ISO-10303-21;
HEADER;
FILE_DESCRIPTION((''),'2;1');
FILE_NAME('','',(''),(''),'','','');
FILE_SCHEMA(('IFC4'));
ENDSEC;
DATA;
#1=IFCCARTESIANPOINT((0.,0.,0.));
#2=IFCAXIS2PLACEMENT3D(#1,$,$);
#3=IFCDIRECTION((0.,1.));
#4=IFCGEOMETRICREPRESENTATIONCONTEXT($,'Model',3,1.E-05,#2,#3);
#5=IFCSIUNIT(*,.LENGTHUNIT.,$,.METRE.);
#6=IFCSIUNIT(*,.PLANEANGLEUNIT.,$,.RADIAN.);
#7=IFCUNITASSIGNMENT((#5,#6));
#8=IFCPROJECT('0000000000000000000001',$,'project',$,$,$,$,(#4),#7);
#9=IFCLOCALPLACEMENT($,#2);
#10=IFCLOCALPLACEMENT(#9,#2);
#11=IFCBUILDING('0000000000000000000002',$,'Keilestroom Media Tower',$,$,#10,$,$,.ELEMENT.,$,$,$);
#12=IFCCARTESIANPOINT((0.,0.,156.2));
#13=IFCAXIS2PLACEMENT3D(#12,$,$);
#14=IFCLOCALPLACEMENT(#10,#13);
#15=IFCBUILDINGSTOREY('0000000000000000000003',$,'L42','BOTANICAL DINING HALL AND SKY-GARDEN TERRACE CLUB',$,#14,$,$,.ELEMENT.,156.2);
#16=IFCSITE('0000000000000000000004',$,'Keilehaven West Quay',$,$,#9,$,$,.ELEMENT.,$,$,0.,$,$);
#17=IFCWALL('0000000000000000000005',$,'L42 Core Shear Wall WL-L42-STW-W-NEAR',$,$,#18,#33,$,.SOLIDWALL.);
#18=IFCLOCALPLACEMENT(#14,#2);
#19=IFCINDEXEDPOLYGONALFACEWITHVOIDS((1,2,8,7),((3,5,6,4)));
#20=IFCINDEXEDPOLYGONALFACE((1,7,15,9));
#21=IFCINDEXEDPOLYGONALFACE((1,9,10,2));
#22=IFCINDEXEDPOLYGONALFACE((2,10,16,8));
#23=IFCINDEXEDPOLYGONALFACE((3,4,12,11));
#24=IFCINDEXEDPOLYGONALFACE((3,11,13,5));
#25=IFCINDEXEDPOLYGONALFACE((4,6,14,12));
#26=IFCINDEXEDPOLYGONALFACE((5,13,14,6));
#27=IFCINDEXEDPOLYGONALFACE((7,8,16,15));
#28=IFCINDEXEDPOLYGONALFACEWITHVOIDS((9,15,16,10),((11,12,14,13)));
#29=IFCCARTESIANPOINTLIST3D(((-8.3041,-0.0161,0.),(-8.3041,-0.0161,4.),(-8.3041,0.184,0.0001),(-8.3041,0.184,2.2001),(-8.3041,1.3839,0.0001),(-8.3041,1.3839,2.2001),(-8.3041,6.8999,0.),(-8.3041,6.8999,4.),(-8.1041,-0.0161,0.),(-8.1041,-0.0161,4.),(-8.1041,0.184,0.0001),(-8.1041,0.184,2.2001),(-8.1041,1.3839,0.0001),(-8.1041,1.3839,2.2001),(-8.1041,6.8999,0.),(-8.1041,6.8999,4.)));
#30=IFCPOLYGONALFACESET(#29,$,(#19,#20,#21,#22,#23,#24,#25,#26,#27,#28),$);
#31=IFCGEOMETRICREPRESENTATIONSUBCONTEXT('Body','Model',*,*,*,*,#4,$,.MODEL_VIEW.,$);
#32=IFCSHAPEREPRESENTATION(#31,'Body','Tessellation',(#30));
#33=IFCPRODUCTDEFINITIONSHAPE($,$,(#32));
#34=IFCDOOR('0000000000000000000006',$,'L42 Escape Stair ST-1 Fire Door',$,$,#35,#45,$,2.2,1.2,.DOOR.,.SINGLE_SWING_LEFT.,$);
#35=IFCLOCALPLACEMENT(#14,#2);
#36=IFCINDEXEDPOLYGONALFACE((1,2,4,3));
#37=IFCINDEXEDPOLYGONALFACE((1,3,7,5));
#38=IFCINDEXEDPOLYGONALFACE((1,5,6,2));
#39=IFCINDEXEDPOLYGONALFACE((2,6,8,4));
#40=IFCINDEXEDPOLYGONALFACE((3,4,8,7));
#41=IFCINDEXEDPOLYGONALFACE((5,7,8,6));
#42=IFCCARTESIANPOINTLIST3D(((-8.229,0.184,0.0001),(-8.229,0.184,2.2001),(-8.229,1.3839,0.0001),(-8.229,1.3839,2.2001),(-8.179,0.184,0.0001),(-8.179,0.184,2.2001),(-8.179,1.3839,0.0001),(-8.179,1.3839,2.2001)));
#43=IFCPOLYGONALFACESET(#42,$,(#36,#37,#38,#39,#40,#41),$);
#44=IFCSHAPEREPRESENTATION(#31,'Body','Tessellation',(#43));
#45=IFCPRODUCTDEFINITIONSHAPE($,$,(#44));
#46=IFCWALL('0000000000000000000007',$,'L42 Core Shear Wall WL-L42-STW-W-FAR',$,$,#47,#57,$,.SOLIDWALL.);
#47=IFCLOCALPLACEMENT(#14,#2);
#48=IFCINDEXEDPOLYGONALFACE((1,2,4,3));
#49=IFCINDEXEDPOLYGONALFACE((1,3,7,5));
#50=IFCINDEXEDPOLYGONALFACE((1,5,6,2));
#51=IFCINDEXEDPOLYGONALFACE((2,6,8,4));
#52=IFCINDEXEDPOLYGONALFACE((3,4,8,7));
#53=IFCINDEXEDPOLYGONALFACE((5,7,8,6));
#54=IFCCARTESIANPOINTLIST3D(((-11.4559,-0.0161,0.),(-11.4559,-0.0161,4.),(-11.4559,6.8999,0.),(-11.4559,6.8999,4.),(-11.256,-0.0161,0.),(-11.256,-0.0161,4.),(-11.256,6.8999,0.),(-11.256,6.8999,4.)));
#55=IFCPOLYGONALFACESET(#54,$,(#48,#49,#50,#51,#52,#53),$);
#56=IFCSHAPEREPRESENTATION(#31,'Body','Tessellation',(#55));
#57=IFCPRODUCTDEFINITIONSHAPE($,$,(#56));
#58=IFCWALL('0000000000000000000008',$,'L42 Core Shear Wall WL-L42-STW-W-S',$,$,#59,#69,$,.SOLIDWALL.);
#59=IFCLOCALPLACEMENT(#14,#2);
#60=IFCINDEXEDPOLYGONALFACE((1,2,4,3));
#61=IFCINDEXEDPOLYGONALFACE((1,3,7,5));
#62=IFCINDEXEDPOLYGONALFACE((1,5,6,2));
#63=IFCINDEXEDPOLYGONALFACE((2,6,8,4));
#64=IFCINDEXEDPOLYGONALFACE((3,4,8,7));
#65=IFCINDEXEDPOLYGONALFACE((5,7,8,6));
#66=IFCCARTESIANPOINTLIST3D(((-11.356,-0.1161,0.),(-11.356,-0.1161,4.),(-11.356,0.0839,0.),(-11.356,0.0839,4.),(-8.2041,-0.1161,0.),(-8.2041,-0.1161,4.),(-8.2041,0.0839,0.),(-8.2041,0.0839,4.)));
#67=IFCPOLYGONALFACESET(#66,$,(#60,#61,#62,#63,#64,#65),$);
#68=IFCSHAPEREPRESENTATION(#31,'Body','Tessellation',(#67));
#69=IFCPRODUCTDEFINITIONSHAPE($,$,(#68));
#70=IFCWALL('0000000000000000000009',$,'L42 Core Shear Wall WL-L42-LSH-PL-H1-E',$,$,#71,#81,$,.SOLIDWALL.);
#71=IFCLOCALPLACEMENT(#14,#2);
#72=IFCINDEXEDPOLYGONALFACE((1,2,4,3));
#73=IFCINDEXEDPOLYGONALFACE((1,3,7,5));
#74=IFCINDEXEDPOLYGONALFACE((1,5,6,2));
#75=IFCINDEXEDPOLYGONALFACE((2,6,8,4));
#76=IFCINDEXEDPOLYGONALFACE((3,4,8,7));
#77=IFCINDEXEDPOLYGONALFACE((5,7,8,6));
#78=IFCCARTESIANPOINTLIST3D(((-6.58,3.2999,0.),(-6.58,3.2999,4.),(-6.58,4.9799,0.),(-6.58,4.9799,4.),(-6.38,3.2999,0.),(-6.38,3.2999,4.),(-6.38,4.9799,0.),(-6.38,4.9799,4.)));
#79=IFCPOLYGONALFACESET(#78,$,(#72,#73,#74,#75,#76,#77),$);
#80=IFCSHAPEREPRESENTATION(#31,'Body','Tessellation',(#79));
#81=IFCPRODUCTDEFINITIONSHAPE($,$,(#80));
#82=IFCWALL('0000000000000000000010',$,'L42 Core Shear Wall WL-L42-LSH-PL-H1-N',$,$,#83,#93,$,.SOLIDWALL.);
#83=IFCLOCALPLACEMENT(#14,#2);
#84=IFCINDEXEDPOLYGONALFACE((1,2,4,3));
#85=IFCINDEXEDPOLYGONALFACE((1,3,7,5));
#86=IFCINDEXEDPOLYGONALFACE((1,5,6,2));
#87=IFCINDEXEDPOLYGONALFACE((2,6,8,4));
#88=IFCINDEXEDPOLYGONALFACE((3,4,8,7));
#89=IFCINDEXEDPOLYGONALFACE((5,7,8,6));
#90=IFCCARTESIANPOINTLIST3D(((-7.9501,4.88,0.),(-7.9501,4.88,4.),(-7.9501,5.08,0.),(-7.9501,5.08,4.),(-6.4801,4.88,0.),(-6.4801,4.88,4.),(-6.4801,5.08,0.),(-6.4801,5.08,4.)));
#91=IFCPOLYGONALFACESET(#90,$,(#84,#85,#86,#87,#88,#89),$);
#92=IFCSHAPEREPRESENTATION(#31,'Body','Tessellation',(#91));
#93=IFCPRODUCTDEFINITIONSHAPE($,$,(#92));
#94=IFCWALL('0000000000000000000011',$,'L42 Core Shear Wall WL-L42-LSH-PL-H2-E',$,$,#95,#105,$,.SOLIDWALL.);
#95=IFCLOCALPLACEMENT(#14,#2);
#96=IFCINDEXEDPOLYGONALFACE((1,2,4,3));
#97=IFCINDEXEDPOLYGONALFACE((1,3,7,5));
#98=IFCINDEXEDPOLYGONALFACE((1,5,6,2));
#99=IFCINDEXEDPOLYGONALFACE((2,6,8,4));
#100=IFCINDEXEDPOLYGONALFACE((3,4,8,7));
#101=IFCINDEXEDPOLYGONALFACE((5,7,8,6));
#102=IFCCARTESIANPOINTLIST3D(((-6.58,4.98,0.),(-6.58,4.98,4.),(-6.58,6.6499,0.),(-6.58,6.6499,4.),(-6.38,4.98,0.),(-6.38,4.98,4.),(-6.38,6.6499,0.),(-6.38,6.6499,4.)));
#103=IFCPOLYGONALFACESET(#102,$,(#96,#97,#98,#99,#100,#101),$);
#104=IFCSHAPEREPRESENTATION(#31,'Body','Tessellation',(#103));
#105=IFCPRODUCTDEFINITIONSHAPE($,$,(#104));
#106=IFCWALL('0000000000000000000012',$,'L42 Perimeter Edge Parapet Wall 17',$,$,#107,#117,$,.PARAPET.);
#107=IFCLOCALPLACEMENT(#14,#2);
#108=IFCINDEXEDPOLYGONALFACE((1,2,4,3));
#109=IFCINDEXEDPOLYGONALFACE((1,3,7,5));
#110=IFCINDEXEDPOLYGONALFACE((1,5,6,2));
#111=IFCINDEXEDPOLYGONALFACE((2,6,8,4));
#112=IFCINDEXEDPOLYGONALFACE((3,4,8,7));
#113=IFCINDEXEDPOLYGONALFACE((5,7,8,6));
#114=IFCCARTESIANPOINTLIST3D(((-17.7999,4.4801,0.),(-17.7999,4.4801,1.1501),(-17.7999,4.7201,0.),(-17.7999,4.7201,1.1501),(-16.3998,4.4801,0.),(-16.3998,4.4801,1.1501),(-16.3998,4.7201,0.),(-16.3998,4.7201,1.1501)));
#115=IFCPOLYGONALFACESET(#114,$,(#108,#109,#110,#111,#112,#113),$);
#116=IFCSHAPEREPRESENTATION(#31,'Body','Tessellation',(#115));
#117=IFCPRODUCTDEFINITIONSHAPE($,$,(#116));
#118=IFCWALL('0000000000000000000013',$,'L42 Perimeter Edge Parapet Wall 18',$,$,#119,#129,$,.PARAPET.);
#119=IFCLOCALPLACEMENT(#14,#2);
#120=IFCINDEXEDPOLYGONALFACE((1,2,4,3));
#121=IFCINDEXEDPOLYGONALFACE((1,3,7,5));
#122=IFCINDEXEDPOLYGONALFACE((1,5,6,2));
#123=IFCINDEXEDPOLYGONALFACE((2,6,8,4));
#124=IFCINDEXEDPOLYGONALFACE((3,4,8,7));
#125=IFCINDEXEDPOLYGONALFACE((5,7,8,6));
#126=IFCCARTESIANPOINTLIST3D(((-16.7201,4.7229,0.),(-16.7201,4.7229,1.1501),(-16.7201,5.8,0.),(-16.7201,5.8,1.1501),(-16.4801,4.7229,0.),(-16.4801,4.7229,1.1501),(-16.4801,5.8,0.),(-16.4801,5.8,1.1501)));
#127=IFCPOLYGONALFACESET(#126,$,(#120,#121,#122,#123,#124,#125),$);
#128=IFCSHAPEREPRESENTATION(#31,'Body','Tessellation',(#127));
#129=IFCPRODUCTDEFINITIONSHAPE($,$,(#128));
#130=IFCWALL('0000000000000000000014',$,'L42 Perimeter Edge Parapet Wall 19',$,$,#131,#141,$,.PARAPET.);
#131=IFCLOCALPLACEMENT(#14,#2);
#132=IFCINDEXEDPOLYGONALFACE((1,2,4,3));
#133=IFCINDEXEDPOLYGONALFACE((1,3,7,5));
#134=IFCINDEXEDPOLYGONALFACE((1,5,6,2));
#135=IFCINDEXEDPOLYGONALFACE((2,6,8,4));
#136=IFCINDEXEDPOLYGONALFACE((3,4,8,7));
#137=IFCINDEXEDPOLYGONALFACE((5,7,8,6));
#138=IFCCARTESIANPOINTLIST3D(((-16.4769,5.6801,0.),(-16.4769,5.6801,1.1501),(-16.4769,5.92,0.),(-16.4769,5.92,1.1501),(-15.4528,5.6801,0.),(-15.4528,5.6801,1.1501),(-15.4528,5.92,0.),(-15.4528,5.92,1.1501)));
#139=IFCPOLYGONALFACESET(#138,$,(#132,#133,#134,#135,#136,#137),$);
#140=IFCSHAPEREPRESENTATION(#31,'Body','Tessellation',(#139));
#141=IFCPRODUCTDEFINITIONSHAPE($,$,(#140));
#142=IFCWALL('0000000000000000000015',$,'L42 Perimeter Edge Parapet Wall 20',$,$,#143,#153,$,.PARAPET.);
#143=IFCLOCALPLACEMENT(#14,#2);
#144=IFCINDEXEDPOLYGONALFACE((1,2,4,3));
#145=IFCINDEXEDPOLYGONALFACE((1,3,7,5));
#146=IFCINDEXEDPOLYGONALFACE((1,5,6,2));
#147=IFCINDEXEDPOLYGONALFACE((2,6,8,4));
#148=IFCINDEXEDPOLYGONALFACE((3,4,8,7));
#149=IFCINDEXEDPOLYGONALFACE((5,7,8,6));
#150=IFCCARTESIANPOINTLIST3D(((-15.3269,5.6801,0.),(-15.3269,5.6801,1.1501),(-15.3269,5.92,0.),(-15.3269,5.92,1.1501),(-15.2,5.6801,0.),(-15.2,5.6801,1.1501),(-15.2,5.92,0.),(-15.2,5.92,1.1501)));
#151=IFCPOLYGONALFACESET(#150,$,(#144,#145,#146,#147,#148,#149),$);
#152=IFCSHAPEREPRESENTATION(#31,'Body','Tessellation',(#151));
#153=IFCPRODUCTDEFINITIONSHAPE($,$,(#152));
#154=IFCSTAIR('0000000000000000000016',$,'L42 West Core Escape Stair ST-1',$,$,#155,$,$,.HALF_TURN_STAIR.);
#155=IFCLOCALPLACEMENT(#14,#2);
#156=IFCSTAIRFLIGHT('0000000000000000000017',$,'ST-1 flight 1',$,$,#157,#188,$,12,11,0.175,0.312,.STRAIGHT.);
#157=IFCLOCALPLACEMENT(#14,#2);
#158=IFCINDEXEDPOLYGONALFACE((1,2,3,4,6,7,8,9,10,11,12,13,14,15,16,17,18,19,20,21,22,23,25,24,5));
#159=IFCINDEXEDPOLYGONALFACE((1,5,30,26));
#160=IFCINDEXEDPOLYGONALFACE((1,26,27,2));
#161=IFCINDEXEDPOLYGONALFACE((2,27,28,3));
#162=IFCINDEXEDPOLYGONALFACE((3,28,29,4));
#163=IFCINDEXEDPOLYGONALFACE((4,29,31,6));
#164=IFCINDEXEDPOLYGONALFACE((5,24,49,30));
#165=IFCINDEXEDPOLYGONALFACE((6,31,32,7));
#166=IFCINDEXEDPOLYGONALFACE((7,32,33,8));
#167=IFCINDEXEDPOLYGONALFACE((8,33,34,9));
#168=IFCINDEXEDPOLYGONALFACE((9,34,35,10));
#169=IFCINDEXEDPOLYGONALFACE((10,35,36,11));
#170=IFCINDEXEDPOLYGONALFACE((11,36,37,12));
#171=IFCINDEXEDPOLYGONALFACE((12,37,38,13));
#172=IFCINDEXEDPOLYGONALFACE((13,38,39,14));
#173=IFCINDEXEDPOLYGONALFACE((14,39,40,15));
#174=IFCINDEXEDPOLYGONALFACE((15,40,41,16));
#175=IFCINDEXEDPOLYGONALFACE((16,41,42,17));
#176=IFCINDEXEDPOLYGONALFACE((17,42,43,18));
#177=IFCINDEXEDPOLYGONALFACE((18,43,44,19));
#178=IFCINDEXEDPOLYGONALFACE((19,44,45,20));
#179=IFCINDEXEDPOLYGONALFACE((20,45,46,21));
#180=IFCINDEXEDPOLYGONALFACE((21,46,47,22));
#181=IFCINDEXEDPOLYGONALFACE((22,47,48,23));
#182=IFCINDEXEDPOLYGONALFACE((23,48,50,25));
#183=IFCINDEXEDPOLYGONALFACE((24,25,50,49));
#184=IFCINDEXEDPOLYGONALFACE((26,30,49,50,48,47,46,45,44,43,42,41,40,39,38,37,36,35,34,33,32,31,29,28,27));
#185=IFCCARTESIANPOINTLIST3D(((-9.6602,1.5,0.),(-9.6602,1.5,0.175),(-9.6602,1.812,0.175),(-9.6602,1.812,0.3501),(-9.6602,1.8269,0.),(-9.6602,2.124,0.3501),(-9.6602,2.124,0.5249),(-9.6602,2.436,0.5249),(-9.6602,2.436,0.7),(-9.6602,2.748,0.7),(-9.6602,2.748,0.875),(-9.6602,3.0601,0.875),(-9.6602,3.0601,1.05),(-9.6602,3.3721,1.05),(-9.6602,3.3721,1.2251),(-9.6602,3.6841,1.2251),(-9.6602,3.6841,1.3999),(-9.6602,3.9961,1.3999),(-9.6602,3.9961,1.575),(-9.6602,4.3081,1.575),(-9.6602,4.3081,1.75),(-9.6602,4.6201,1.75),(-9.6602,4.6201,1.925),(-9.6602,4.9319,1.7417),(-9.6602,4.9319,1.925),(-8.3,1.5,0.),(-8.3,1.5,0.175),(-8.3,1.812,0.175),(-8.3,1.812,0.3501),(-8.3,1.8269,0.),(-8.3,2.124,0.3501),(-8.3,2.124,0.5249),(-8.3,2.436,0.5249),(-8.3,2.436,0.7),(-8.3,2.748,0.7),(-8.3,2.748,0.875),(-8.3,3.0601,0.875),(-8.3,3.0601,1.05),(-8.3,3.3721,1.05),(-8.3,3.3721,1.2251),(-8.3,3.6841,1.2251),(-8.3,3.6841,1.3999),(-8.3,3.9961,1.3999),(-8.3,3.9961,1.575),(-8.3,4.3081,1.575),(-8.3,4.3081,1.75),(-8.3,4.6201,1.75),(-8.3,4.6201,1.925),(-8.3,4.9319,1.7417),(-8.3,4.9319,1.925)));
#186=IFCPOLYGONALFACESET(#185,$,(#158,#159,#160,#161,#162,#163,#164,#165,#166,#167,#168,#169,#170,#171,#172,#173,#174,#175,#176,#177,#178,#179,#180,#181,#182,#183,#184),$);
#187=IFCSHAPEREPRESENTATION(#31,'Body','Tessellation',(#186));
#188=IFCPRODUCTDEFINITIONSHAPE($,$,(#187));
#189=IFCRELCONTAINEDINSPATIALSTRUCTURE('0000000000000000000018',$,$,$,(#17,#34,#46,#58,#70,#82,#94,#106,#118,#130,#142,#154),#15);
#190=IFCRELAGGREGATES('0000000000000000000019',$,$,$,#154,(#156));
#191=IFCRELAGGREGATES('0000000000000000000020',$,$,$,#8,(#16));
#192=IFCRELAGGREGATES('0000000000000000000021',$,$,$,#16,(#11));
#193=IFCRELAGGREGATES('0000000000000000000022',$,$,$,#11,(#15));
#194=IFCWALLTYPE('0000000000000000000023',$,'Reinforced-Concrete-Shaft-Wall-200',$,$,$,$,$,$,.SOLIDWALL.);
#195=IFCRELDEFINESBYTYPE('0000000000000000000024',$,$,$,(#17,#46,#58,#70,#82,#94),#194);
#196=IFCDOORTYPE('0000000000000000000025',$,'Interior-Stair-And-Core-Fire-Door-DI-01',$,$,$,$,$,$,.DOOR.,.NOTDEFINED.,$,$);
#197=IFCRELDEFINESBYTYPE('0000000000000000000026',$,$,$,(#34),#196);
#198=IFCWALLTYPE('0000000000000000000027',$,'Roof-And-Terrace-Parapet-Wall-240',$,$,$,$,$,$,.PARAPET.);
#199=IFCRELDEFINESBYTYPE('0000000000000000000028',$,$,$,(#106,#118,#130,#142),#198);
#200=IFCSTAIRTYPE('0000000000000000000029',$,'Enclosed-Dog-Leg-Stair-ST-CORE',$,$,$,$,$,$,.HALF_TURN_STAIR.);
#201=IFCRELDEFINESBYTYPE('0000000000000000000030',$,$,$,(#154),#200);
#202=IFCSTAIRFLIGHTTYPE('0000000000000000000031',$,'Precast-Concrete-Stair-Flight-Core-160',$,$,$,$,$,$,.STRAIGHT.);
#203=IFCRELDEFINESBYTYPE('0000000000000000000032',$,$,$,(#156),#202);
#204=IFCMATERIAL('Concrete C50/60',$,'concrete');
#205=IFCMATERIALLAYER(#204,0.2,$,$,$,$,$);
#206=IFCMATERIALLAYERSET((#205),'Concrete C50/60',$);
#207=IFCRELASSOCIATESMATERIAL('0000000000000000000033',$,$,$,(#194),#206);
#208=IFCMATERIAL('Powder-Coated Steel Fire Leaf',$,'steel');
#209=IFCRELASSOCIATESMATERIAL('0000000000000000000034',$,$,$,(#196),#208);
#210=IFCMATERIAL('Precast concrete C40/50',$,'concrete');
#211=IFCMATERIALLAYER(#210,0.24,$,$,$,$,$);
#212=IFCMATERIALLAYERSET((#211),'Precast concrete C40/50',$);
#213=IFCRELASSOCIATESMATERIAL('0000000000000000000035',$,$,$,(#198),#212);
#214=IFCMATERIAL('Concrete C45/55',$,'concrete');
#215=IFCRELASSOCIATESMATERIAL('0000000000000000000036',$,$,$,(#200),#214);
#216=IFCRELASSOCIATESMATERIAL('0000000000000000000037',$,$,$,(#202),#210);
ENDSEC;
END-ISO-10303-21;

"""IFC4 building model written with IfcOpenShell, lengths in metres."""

from ifc_helpers import new_model, si_unit, direction, frame, frame_2d, origin, place, context, subcontext, project, spatial, polyline, rectangle, outline, extrude, source, transform, mapped, material, layer, layer_set, type_object, element, fill, aggregate, save


model = new_model("IFC4")

# Units and contexts
model_context = context("Model", 3, precision=1e-05, world=origin(), true_north=direction((0.0, 1.0)))
body_context = subcontext(model_context, "Body", "Model", "MODEL_VIEW")
ifc_project = project(units=[si_unit("LENGTHUNIT", "METRE"), si_unit("PLANEANGLEUNIT", "RADIAN")], contexts=[model_context])

# Site, building, storey
site_placement = place(None, origin())
site = spatial("IfcSite", under=ifc_project, at=site_placement, Name="Keilehaven West Quay", CompositionType="ELEMENT", RefElevation=0.0)
building_placement = place(site_placement, origin())
building = spatial("IfcBuilding", under=site, at=building_placement, Name="Keilestroom Media Tower", CompositionType="ELEMENT")
storey_placement = place(building_placement, frame((0.0, 0.0, 156.2)))
storey = spatial("IfcBuildingStorey", under=building, at=storey_placement, Name="L42", Description="BOTANICAL DINING HALL AND SKY-GARDEN TERRACE CLUB", CompositionType="ELEMENT", Elevation=156.2)

# Shared definitions
ifc_material_1 = material(Name="Precast concrete C40/50", Category="concrete")

# Shared definitions
ifc_material_2 = material(Name="Concrete C50/60", Category="concrete")
ifc_material_3 = material(Name="Concrete C45/55", Category="concrete")

# Shared definitions
ifc_layer_1 = layer(ifc_material_2, 0.2)
ifc_layer_set_1 = layer_set([ifc_layer_1], Name="Concrete C50/60")
wall_type_1 = type_object("IfcWallType", Name="Reinforced-Concrete-Shaft-Wall-200", PredefinedType="SOLIDWALL", material=ifc_layer_set_1)

# Wall, opening, door
wall_1_placement = place(storey_placement, frame((-8.2041, -0.0161, 0.0), z_axis=(0.0, 0.0, 1.0), x_axis=(0.0, 1.0, 0.0)))
wall_1 = element("IfcWall", 1, at=wall_1_placement, inside=storey, type_object=wall_type_1, Name="L42 Core Shear Wall WL-L42-STW-W-NEAR", PredefinedType="SOLIDWALL", context=body_context, shape_type="SweptSolid", body=[
    extrude(rectangle(XDim=6.916, YDim=0.2, at=frame_2d((3.458, 0.0))), origin(), (0.0, 0.0, 1.0), 4.0),
])
opening_placement = place(wall_1_placement, frame((0.2, 0.0, 0.0)))
opening = element("IfcOpeningElement", 2, at=opening_placement, cuts=wall_1, PredefinedType="OPENING", context=body_context, shape_type="SweptSolid", body=[
    extrude(rectangle(XDim=1.2, YDim=2.2, at=frame_2d((0.6001, 1.1001))), frame((0.0, 0.1099, 0.0), z_axis=(0.0, -1.0, 0.0), x_axis=(1.0, 0.0, 0.0)), (0.0, 0.0, 1.0), 0.22),
])
ifc_material_4 = material(Name="Powder-Coated Steel Fire Leaf", Category="steel")
door_type = type_object("IfcDoorType", Name="Interior-Stair-And-Core-Fire-Door-DI-01", OperationType="NOTDEFINED", PredefinedType="DOOR", material=ifc_material_4)
shared_shape_1 = source(origin(), body_context, "Body", "SweptSolid", [
    extrude(rectangle(XDim=1.2, YDim=2.2, at=frame_2d((0.6001, 1.1001))), frame((0.0, 0.0249, 0.0), z_axis=(0.0, -1.0, 0.0), x_axis=(1.0, 0.0, 0.0)), (0.0, 0.0, 1.0), 0.05),
])
door_placement = place(opening_placement, origin())
door = element("IfcDoor", 3, at=door_placement, inside=storey, type_object=door_type, Name="L42 Escape Stair ST-1 Fire Door", OperationType="SINGLE_SWING_LEFT", OverallHeight=2.2, OverallWidth=1.2, PredefinedType="DOOR", context=body_context, shape_type="MappedRepresentation", body=[
    mapped(shared_shape_1, transform((0.0, 0.0, 0.0), x_axis=(1.0, 0.0, 0.0), y_axis=(0.0, 1.0, 0.0), z_axis=(0.0, 0.0, 1.0), scale=1.0)),
])
fill(opening, door)

# Walls
wall_2_placement = place(storey_placement, frame((-11.356, -0.0161, 0.0), z_axis=(0.0, 0.0, 1.0), x_axis=(0.0, 1.0, 0.0)))
element("IfcWall", 4, at=wall_2_placement, inside=storey, type_object=wall_type_1, Name="L42 Core Shear Wall WL-L42-STW-W-FAR", PredefinedType="SOLIDWALL", context=body_context, shape_type="SweptSolid", body=[
    extrude(rectangle(XDim=6.916, YDim=0.2, at=frame_2d((3.458, 0.0))), origin(), (0.0, 0.0, 1.0), 4.0),
])
wall_3_placement = place(storey_placement, frame((-11.356, -0.0161, 0.0), z_axis=(0.0, 0.0, 1.0), x_axis=(1.0, 0.0, 0.0)))
element("IfcWall", 5, at=wall_3_placement, inside=storey, type_object=wall_type_1, Name="L42 Core Shear Wall WL-L42-STW-W-S", PredefinedType="SOLIDWALL", context=body_context, shape_type="SweptSolid", body=[
    extrude(rectangle(XDim=3.1519, YDim=0.2, at=frame_2d((1.5759, 0.0))), origin(), (0.0, 0.0, 1.0), 4.0),
])
wall_4_placement = place(storey_placement, frame((-6.48, 3.3, 0.0), z_axis=(0.0, 0.0, 1.0), x_axis=(0.0, 1.0, 0.0)))
element("IfcWall", 6, at=wall_4_placement, inside=storey, type_object=wall_type_1, Name="L42 Core Shear Wall WL-L42-LSH-PL-H1-E", PredefinedType="SOLIDWALL", context=body_context, shape_type="SweptSolid", body=[
    extrude(rectangle(XDim=1.6799, YDim=0.2, at=frame_2d((0.8398, 0.0))), origin(), (0.0, 0.0, 1.0), 4.0),
])
wall_5_placement = place(storey_placement, frame((-7.95, 4.98, 0.0), z_axis=(0.0, 0.0, 1.0), x_axis=(1.0, 0.0, 0.0)))
element("IfcWall", 7, at=wall_5_placement, inside=storey, type_object=wall_type_1, Name="L42 Core Shear Wall WL-L42-LSH-PL-H1-N", PredefinedType="SOLIDWALL", context=body_context, shape_type="SweptSolid", body=[
    extrude(rectangle(XDim=1.47, YDim=0.2, at=frame_2d((0.7349, 0.0))), origin(), (0.0, 0.0, 1.0), 4.0),
])
wall_6_placement = place(storey_placement, frame((-6.48, 4.98, 0.0), z_axis=(0.0, 0.0, 1.0), x_axis=(0.0, 1.0, 0.0)))
element("IfcWall", 8, at=wall_6_placement, inside=storey, type_object=wall_type_1, Name="L42 Core Shear Wall WL-L42-LSH-PL-H2-E", PredefinedType="SOLIDWALL", context=body_context, shape_type="SweptSolid", body=[
    extrude(rectangle(XDim=1.6699, YDim=0.2, at=frame_2d((0.835, 0.0))), origin(), (0.0, 0.0, 1.0), 4.0),
])
ifc_layer_2 = layer(ifc_material_1, 0.24)
ifc_layer_set_2 = layer_set([ifc_layer_2], Name="Precast concrete C40/50")
wall_type_2 = type_object("IfcWallType", Name="Roof-And-Terrace-Parapet-Wall-240", PredefinedType="PARAPET", material=ifc_layer_set_2)
wall_7_placement = place(storey_placement, frame((-17.8, 4.6001, 0.0), z_axis=(0.0, 0.0, 1.0), x_axis=(1.0, 0.0, 0.0)))
element("IfcWall", 9, at=wall_7_placement, inside=storey, type_object=wall_type_2, Name="L42 Perimeter Edge Parapet Wall 17", PredefinedType="PARAPET", context=body_context, shape_type="SweptSolid", body=[
    extrude(rectangle(XDim=1.4001, YDim=0.24, at=frame_2d((0.7002, 0.0))), origin(), (0.0, 0.0, 1.0), 1.1501),
])
wall_8_placement = place(storey_placement, frame((-16.6001, 4.7229, 0.0), z_axis=(0.0, 0.0, 1.0), x_axis=(0.0, 1.0, 0.0)))
element("IfcWall", 10, at=wall_8_placement, inside=storey, type_object=wall_type_2, Name="L42 Perimeter Edge Parapet Wall 18", PredefinedType="PARAPET", context=body_context, shape_type="SweptSolid", body=[
    extrude(rectangle(XDim=1.0771, YDim=0.24, at=frame_2d((0.5386, 0.0))), origin(), (0.0, 0.0, 1.0), 1.1501),
])
wall_9_placement = place(storey_placement, frame((-16.4771, 5.8, 0.0), z_axis=(0.0, 0.0, 1.0), x_axis=(1.0, 0.0, 0.0)))
element("IfcWall", 11, at=wall_9_placement, inside=storey, type_object=wall_type_2, Name="L42 Perimeter Edge Parapet Wall 19", PredefinedType="PARAPET", context=body_context, shape_type="SweptSolid", body=[
    extrude(rectangle(XDim=1.0242, YDim=0.24, at=frame_2d((0.5122, 0.0))), origin(), (0.0, 0.0, 1.0), 1.1501),
])
wall_10_placement = place(storey_placement, frame((-15.3269, 5.8, 0.0), z_axis=(0.0, 0.0, 1.0), x_axis=(1.0, 0.0, 0.0)))
element("IfcWall", 12, at=wall_10_placement, inside=storey, type_object=wall_type_2, Name="L42 Perimeter Edge Parapet Wall 20", PredefinedType="PARAPET", context=body_context, shape_type="SweptSolid", body=[
    extrude(rectangle(XDim=0.127, YDim=0.24, at=frame_2d((0.0635, 0.0))), origin(), (0.0, 0.0, 1.0), 1.1501),
])

# Stair, stair flight
stair_type = type_object("IfcStairType", Name="Enclosed-Dog-Leg-Stair-ST-CORE", PredefinedType="HALF_TURN_STAIR", material=ifc_material_3)
stair_placement = place(storey_placement, origin())
stair = element("IfcStair", 13, at=stair_placement, inside=storey, type_object=stair_type, Name="L42 West Core Escape Stair ST-1", PredefinedType="HALF_TURN_STAIR")
stair_flight_type = type_object("IfcStairFlightType", Name="Precast-Concrete-Stair-Flight-Core-160", PredefinedType="STRAIGHT", material=ifc_material_1)
stair_flight_1_placement = place(storey_placement, frame((-8.98, 1.5, 0.0), z_axis=(0.0, 0.0, 1.0), x_axis=(0.0, 1.0, 0.0)))
stair_flight_1 = element("IfcStairFlight", 14, at=stair_flight_1_placement, type_object=stair_flight_type, Name="ST-1 flight 1", NumberOfRisers=12, NumberOfTreads=11, PredefinedType="STRAIGHT", RiserHeight=0.175, TreadLength=0.312, context=body_context, shape_type="SweptSolid", body=[
    extrude(outline(polyline([(0.0, 0.0), (0.0, 0.175), (0.312, 0.175), (0.312, 0.3501), (0.624, 0.3501), (0.624, 0.5249), (0.936, 0.5249), (0.936, 0.7), (1.248, 0.7), (1.248, 0.875), (1.5601, 0.875), (1.5601, 1.05), (1.8721, 1.05), (1.8721, 1.2251), (2.1841, 1.2251), (2.1841, 1.3999), (2.4961, 1.3999), (2.4961, 1.575), (2.8081, 1.575), (2.8081, 1.75), (3.1201, 1.75), (3.1201, 1.925), (3.4319, 1.925), (3.4319, 2.1001), (3.4319, 1.7417), (0.3269, 0.0), (0.0, 0.0)])), frame((0.0, 0.6802, 0.0), z_axis=(0.0, -1.0, 0.0), x_axis=(1.0, 0.0, 0.0)), (0.0, 0.0, 1.0), 1.3601),
])
aggregate(stair, [stair_flight_1])

save(model, "model.ifc")
